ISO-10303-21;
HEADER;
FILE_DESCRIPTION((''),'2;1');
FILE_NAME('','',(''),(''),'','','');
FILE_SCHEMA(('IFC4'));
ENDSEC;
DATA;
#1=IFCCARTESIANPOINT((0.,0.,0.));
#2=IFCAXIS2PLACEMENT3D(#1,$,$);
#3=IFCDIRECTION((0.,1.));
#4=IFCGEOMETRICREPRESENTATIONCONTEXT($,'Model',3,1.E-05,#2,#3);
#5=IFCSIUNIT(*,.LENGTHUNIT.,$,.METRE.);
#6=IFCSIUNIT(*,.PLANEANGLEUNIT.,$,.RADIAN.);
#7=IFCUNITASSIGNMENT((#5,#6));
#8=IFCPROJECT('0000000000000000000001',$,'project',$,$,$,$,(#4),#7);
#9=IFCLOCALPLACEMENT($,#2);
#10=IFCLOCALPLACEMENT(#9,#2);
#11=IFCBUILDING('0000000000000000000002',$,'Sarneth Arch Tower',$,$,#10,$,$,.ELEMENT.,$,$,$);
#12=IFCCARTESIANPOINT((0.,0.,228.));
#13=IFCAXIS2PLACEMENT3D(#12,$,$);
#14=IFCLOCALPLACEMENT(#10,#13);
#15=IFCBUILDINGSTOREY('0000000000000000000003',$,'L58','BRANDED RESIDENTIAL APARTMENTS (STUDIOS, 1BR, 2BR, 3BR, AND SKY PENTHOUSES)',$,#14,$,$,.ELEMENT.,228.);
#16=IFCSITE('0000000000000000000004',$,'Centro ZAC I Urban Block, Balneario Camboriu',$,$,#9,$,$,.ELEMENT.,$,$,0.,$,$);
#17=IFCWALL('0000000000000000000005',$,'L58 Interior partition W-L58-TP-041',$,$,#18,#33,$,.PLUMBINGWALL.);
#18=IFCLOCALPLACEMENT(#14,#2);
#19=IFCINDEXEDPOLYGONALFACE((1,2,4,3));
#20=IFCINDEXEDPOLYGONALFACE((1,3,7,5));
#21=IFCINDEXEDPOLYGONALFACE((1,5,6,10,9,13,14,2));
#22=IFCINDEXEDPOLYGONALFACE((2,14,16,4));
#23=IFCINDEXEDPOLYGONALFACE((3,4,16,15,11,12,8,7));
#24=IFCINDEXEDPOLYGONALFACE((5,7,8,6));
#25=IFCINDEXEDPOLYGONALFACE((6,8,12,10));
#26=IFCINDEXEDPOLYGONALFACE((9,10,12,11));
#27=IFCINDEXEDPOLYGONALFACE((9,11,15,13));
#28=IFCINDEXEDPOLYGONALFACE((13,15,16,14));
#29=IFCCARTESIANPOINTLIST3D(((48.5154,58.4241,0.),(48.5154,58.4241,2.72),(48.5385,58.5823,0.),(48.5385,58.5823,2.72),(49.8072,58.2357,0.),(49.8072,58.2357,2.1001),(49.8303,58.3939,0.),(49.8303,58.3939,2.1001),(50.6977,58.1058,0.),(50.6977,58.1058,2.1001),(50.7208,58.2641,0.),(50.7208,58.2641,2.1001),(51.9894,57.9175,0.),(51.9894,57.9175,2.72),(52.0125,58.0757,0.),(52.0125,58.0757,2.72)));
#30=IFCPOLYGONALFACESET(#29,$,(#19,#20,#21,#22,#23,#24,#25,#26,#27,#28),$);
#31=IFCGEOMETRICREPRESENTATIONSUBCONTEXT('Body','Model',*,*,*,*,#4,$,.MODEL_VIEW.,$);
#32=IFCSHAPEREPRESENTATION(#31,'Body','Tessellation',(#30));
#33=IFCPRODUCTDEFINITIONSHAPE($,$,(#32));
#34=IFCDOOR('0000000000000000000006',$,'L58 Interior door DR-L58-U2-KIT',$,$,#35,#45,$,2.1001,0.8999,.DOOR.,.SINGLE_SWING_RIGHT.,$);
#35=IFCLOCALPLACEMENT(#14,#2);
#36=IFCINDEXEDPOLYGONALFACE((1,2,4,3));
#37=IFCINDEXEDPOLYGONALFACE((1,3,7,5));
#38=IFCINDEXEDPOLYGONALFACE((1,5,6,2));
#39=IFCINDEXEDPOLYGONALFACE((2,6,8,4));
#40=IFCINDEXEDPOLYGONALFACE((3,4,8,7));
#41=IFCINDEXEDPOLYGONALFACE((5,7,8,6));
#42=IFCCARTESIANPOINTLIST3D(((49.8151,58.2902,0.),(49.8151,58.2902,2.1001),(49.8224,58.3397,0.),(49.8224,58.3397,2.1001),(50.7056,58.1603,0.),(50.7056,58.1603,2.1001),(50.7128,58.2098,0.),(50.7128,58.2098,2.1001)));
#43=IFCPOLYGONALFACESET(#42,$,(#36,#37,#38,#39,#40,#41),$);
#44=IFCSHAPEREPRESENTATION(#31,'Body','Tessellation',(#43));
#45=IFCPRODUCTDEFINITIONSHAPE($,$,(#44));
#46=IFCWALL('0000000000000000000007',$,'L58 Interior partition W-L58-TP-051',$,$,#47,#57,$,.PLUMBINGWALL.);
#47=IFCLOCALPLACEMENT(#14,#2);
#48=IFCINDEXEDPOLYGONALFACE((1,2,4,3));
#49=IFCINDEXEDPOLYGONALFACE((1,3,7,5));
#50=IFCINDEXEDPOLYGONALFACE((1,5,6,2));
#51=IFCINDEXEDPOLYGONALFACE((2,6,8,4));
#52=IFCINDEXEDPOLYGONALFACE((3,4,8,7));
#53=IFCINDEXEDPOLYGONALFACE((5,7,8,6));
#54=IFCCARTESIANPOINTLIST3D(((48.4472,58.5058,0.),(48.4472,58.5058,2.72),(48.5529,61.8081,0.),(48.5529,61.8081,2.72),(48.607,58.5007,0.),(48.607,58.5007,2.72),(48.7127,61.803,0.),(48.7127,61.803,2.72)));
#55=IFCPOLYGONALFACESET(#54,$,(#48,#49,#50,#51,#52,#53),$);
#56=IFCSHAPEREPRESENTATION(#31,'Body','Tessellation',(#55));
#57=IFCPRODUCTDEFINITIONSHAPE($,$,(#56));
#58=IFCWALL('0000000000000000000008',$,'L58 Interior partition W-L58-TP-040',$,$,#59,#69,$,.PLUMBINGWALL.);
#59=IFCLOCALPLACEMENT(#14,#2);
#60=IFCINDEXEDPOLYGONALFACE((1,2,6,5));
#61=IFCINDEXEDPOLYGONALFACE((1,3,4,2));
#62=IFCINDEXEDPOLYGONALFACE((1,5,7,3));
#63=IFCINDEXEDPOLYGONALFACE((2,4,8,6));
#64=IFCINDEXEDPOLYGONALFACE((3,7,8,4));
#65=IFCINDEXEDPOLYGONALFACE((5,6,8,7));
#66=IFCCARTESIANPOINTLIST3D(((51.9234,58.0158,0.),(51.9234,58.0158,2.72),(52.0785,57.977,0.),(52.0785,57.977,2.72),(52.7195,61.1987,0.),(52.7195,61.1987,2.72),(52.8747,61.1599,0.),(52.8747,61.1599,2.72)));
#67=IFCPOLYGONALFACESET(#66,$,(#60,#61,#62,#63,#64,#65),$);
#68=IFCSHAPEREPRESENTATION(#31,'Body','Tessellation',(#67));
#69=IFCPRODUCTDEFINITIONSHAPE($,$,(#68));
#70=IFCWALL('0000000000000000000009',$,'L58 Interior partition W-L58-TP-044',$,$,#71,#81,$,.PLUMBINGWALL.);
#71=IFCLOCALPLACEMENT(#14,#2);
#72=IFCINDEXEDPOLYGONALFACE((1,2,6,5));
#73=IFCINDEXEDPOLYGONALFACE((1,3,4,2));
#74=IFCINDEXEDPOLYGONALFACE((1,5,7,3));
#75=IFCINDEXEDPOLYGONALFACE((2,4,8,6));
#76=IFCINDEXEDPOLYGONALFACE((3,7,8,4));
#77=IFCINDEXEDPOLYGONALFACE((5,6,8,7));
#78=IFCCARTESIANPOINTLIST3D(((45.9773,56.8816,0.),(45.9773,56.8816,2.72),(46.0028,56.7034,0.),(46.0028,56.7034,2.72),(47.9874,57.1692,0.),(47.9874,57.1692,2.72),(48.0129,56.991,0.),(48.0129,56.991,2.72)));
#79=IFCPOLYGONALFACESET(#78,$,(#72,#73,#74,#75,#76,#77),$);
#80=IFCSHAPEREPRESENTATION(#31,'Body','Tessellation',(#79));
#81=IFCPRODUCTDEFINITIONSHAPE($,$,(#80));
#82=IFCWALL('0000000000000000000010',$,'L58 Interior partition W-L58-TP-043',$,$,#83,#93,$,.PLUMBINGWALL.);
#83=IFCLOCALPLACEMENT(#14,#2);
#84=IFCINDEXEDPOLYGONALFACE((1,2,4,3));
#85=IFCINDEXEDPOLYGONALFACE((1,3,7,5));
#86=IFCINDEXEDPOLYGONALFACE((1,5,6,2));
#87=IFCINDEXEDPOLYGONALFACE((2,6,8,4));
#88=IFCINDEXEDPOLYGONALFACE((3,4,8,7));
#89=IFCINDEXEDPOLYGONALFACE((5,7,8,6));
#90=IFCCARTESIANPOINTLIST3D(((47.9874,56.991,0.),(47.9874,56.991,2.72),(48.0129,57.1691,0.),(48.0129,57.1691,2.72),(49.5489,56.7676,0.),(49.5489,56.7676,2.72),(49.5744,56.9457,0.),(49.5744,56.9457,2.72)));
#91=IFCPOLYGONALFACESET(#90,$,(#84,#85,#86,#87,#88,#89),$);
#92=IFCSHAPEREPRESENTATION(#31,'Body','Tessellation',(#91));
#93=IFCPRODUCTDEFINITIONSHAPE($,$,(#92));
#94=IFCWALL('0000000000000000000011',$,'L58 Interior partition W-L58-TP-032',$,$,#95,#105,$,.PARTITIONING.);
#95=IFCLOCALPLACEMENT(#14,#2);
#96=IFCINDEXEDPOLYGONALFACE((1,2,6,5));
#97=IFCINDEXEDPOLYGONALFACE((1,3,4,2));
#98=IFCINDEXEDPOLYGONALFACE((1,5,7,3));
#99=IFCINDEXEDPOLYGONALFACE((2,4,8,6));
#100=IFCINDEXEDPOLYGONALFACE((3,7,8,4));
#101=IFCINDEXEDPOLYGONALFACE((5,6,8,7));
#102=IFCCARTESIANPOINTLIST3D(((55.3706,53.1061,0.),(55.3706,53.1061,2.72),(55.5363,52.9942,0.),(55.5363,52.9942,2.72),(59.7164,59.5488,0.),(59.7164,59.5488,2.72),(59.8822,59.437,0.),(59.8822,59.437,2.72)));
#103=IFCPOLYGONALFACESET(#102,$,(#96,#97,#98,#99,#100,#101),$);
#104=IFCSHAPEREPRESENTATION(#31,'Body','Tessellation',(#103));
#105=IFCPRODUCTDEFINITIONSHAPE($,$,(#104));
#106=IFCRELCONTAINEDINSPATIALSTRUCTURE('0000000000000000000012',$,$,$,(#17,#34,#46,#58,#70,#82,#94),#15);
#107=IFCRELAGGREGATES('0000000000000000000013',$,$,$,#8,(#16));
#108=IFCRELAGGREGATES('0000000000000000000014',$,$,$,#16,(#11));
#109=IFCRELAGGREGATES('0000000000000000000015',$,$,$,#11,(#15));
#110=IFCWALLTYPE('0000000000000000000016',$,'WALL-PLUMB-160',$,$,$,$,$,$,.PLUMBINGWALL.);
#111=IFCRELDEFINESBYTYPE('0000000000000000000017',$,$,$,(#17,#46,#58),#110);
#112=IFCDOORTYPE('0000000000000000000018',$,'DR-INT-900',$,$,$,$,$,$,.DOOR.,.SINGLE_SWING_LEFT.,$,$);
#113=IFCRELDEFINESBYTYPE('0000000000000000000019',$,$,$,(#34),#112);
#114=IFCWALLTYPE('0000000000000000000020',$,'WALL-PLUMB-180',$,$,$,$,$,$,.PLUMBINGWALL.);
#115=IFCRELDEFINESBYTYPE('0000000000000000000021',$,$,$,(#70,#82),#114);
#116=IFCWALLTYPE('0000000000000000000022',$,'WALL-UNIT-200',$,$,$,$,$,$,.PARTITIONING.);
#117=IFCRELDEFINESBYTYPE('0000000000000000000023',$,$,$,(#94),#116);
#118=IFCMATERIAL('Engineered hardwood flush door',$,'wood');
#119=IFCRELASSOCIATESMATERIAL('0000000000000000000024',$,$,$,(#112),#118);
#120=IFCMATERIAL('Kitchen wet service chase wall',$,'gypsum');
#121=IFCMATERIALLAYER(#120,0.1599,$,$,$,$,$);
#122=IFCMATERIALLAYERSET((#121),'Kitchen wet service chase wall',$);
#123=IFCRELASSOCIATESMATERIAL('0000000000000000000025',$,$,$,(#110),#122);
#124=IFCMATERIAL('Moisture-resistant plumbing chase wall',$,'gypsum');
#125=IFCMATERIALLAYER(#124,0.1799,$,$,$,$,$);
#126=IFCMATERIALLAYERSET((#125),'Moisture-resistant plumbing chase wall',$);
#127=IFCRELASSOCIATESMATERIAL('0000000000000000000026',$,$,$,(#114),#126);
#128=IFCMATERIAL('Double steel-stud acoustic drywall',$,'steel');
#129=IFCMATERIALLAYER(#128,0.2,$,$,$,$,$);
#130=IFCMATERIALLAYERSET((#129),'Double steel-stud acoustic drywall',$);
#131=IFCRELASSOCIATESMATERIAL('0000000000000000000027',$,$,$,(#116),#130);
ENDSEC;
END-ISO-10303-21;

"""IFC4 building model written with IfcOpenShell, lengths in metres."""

from ifc_helpers import new_model, si_unit, direction, frame, frame_2d, origin, place, context, subcontext, project, spatial, rectangle, extrude, material, layer, layer_set, type_object, element, fill, save


model = new_model("IFC4")

# Units and contexts
model_context = context("Model", 3, precision=1e-05, world=origin(), true_north=direction((0.0, 1.0)))
body_context = subcontext(model_context, "Body", "Model", "MODEL_VIEW")
ifc_project = project(units=[si_unit("LENGTHUNIT", "METRE"), si_unit("PLANEANGLEUNIT", "RADIAN")], contexts=[model_context])

# Site, building, storey
site_placement = place(None, origin())
site = spatial("IfcSite", under=ifc_project, at=site_placement, Name="Centro ZAC I Urban Block, Balneario Camboriu", CompositionType="ELEMENT", RefElevation=0.0)
building_placement = place(site_placement, origin())
building = spatial("IfcBuilding", under=site, at=building_placement, Name="Sarneth Arch Tower", CompositionType="ELEMENT")
storey_placement = place(building_placement, frame((0.0, 0.0, 228.0)))
storey = spatial("IfcBuildingStorey", under=building, at=storey_placement, Name="L58", Description="BRANDED RESIDENTIAL APARTMENTS (STUDIOS, 1BR, 2BR, 3BR, AND SKY PENTHOUSES)", CompositionType="ELEMENT", Elevation=228.0)

# Shared definitions
ifc_material_1 = material(Name="Engineered hardwood flush door", Category="wood")
door_type_1 = type_object("IfcDoorType", Name="DR-INT-900", OperationType="SINGLE_SWING_LEFT", PredefinedType="DOOR", material=ifc_material_1)

# Wall, opening, door
ifc_material_2 = material(Name="Kitchen wet service chase wall", Category="gypsum")
ifc_layer_1 = layer(ifc_material_2, 0.1599)
ifc_layer_set_1 = layer_set([ifc_layer_1], Name="Kitchen wet service chase wall")
wall_type_1 = type_object("IfcWallType", Name="WALL-PLUMB-160", PredefinedType="PLUMBINGWALL", material=ifc_layer_set_1)
wall_1_placement = place(storey_placement, frame((52.001, 57.9966, 0.0), z_axis=(0.0, 0.0, 1.0), x_axis=(-0.989534, 0.144303, 0.0)))
wall_1 = element("IfcWall", 1, at=wall_1_placement, inside=storey, type_object=wall_type_1, Name="L58 Interior partition W-L58-TP-041", PredefinedType="PLUMBINGWALL", context=body_context, shape_type="SweptSolid", body=[
    extrude(rectangle(XDim=3.5107, YDim=0.1599, at=frame_2d((1.7554, 0.0))), origin(), (0.0, 0.0, 1.0), 2.72),
])
opening_1_placement = place(wall_1_placement, frame((1.3054, 0.0, 0.0)))
opening_1 = element("IfcOpeningElement", 2, at=opening_1_placement, cuts=wall_1, PredefinedType="OPENING", context=body_context, shape_type="SweptSolid", body=[
    extrude(rectangle(XDim=0.8999, YDim=2.1001, at=frame_2d((0.45, 1.05))), frame((0.0, 0.0898, 0.0), z_axis=(0.0, -1.0, 0.0), x_axis=(1.0, 0.0, 0.0)), (0.0, 0.0, 1.0), 0.1799),
])
door_1_placement = place(opening_1_placement, origin())
door_1 = element("IfcDoor", 3, at=door_1_placement, inside=storey, type_object=door_type_1, Name="L58 Interior door DR-L58-U2-KIT", OperationType="SINGLE_SWING_RIGHT", OverallHeight=2.1001, OverallWidth=0.8999, PredefinedType="DOOR", context=body_context, shape_type="SweptSolid", body=[
    extrude(rectangle(XDim=0.8999, YDim=2.1001, at=frame_2d((0.45, 1.05))), frame((0.0, 0.0249, 0.0), z_axis=(0.0, -1.0, 0.0), x_axis=(1.0, 0.0, 0.0)), (0.0, 0.0, 1.0), 0.05),
])
fill(opening_1, door_1)

# Walls
wall_2_placement = place(storey_placement, frame((48.6328, 61.8054, 0.0), z_axis=(0.0, 0.0, 1.0), x_axis=(-0.031996, -0.999488, 0.0)))
element("IfcWall", 4, at=wall_2_placement, inside=storey, type_object=wall_type_1, Name="L58 Interior partition W-L58-TP-051", PredefinedType="PLUMBINGWALL", context=body_context, shape_type="SweptSolid", body=[
    extrude(rectangle(XDim=3.304, YDim=0.1599, at=frame_2d((1.6519, 0.0))), origin(), (0.0, 0.0, 1.0), 2.72),
])
wall_3_placement = place(storey_placement, frame((52.7971, 61.1794, 0.0), z_axis=(0.0, 0.0, 1.0), x_axis=(-0.242658, -0.970112, 0.0)))
element("IfcWall", 5, at=wall_3_placement, inside=storey, type_object=wall_type_1, Name="L58 Interior partition W-L58-TP-040", PredefinedType="PLUMBINGWALL", context=body_context, shape_type="SweptSolid", body=[
    extrude(rectangle(XDim=3.281, YDim=0.1599, at=frame_2d((1.6406, 0.0))), origin(), (0.0, 0.0, 1.0), 2.72),
])
ifc_material_3 = material(Name="Moisture-resistant plumbing chase wall", Category="gypsum")
ifc_layer_2 = layer(ifc_material_3, 0.1799)
ifc_layer_set_2 = layer_set([ifc_layer_2], Name="Moisture-resistant plumbing chase wall")
wall_type_2 = type_object("IfcWallType", Name="WALL-PLUMB-180", PredefinedType="PLUMBINGWALL", material=ifc_layer_set_2)
wall_4_placement = place(storey_placement, frame((48.0, 57.0801, 0.0), z_axis=(0.0, 0.0, 1.0), x_axis=(-0.989918, -0.14164, 0.0)))
element("IfcWall", 6, at=wall_4_placement, inside=storey, type_object=wall_type_2, Name="L58 Interior partition W-L58-TP-044", PredefinedType="PLUMBINGWALL", context=body_context, shape_type="SweptSolid", body=[
    extrude(rectangle(XDim=2.0305, YDim=0.1799, at=frame_2d((1.0151, 0.0))), origin(), (0.0, 0.0, 1.0), 2.72),
])
wall_5_placement = place(storey_placement, frame((49.5615, 56.8567, 0.0), z_axis=(0.0, 0.0, 1.0), x_axis=(-0.989922, 0.141616, 0.0)))
element("IfcWall", 7, at=wall_5_placement, inside=storey, type_object=wall_type_2, Name="L58 Interior partition W-L58-TP-043", PredefinedType="PLUMBINGWALL", context=body_context, shape_type="SweptSolid", body=[
    extrude(rectangle(XDim=1.5774, YDim=0.1799, at=frame_2d((0.7886, 0.0))), origin(), (0.0, 0.0, 1.0), 2.72),
])
ifc_material_4 = material(Name="Double steel-stud acoustic drywall", Category="steel")
ifc_layer_3 = layer(ifc_material_4, 0.2)
ifc_layer_set_3 = layer_set([ifc_layer_3], Name="Double steel-stud acoustic drywall")
wall_type_3 = type_object("IfcWallType", Name="WALL-UNIT-200", PredefinedType="PARTITIONING", material=ifc_layer_set_3)
wall_6_placement = place(storey_placement, frame((59.7993, 59.4929, 0.0), z_axis=(0.0, 0.0, 1.0), x_axis=(-0.559208, -0.829027, 0.0)))
element("IfcWall", 8, at=wall_6_placement, inside=storey, type_object=wall_type_3, Name="L58 Interior partition W-L58-TP-032", PredefinedType="PARTITIONING", context=body_context, shape_type="SweptSolid", body=[
    extrude(rectangle(XDim=7.7715, YDim=0.2, at=frame_2d((3.8857, 0.0))), origin(), (0.0, 0.0, 1.0), 2.72),
])

save(model, "model.ifc")
